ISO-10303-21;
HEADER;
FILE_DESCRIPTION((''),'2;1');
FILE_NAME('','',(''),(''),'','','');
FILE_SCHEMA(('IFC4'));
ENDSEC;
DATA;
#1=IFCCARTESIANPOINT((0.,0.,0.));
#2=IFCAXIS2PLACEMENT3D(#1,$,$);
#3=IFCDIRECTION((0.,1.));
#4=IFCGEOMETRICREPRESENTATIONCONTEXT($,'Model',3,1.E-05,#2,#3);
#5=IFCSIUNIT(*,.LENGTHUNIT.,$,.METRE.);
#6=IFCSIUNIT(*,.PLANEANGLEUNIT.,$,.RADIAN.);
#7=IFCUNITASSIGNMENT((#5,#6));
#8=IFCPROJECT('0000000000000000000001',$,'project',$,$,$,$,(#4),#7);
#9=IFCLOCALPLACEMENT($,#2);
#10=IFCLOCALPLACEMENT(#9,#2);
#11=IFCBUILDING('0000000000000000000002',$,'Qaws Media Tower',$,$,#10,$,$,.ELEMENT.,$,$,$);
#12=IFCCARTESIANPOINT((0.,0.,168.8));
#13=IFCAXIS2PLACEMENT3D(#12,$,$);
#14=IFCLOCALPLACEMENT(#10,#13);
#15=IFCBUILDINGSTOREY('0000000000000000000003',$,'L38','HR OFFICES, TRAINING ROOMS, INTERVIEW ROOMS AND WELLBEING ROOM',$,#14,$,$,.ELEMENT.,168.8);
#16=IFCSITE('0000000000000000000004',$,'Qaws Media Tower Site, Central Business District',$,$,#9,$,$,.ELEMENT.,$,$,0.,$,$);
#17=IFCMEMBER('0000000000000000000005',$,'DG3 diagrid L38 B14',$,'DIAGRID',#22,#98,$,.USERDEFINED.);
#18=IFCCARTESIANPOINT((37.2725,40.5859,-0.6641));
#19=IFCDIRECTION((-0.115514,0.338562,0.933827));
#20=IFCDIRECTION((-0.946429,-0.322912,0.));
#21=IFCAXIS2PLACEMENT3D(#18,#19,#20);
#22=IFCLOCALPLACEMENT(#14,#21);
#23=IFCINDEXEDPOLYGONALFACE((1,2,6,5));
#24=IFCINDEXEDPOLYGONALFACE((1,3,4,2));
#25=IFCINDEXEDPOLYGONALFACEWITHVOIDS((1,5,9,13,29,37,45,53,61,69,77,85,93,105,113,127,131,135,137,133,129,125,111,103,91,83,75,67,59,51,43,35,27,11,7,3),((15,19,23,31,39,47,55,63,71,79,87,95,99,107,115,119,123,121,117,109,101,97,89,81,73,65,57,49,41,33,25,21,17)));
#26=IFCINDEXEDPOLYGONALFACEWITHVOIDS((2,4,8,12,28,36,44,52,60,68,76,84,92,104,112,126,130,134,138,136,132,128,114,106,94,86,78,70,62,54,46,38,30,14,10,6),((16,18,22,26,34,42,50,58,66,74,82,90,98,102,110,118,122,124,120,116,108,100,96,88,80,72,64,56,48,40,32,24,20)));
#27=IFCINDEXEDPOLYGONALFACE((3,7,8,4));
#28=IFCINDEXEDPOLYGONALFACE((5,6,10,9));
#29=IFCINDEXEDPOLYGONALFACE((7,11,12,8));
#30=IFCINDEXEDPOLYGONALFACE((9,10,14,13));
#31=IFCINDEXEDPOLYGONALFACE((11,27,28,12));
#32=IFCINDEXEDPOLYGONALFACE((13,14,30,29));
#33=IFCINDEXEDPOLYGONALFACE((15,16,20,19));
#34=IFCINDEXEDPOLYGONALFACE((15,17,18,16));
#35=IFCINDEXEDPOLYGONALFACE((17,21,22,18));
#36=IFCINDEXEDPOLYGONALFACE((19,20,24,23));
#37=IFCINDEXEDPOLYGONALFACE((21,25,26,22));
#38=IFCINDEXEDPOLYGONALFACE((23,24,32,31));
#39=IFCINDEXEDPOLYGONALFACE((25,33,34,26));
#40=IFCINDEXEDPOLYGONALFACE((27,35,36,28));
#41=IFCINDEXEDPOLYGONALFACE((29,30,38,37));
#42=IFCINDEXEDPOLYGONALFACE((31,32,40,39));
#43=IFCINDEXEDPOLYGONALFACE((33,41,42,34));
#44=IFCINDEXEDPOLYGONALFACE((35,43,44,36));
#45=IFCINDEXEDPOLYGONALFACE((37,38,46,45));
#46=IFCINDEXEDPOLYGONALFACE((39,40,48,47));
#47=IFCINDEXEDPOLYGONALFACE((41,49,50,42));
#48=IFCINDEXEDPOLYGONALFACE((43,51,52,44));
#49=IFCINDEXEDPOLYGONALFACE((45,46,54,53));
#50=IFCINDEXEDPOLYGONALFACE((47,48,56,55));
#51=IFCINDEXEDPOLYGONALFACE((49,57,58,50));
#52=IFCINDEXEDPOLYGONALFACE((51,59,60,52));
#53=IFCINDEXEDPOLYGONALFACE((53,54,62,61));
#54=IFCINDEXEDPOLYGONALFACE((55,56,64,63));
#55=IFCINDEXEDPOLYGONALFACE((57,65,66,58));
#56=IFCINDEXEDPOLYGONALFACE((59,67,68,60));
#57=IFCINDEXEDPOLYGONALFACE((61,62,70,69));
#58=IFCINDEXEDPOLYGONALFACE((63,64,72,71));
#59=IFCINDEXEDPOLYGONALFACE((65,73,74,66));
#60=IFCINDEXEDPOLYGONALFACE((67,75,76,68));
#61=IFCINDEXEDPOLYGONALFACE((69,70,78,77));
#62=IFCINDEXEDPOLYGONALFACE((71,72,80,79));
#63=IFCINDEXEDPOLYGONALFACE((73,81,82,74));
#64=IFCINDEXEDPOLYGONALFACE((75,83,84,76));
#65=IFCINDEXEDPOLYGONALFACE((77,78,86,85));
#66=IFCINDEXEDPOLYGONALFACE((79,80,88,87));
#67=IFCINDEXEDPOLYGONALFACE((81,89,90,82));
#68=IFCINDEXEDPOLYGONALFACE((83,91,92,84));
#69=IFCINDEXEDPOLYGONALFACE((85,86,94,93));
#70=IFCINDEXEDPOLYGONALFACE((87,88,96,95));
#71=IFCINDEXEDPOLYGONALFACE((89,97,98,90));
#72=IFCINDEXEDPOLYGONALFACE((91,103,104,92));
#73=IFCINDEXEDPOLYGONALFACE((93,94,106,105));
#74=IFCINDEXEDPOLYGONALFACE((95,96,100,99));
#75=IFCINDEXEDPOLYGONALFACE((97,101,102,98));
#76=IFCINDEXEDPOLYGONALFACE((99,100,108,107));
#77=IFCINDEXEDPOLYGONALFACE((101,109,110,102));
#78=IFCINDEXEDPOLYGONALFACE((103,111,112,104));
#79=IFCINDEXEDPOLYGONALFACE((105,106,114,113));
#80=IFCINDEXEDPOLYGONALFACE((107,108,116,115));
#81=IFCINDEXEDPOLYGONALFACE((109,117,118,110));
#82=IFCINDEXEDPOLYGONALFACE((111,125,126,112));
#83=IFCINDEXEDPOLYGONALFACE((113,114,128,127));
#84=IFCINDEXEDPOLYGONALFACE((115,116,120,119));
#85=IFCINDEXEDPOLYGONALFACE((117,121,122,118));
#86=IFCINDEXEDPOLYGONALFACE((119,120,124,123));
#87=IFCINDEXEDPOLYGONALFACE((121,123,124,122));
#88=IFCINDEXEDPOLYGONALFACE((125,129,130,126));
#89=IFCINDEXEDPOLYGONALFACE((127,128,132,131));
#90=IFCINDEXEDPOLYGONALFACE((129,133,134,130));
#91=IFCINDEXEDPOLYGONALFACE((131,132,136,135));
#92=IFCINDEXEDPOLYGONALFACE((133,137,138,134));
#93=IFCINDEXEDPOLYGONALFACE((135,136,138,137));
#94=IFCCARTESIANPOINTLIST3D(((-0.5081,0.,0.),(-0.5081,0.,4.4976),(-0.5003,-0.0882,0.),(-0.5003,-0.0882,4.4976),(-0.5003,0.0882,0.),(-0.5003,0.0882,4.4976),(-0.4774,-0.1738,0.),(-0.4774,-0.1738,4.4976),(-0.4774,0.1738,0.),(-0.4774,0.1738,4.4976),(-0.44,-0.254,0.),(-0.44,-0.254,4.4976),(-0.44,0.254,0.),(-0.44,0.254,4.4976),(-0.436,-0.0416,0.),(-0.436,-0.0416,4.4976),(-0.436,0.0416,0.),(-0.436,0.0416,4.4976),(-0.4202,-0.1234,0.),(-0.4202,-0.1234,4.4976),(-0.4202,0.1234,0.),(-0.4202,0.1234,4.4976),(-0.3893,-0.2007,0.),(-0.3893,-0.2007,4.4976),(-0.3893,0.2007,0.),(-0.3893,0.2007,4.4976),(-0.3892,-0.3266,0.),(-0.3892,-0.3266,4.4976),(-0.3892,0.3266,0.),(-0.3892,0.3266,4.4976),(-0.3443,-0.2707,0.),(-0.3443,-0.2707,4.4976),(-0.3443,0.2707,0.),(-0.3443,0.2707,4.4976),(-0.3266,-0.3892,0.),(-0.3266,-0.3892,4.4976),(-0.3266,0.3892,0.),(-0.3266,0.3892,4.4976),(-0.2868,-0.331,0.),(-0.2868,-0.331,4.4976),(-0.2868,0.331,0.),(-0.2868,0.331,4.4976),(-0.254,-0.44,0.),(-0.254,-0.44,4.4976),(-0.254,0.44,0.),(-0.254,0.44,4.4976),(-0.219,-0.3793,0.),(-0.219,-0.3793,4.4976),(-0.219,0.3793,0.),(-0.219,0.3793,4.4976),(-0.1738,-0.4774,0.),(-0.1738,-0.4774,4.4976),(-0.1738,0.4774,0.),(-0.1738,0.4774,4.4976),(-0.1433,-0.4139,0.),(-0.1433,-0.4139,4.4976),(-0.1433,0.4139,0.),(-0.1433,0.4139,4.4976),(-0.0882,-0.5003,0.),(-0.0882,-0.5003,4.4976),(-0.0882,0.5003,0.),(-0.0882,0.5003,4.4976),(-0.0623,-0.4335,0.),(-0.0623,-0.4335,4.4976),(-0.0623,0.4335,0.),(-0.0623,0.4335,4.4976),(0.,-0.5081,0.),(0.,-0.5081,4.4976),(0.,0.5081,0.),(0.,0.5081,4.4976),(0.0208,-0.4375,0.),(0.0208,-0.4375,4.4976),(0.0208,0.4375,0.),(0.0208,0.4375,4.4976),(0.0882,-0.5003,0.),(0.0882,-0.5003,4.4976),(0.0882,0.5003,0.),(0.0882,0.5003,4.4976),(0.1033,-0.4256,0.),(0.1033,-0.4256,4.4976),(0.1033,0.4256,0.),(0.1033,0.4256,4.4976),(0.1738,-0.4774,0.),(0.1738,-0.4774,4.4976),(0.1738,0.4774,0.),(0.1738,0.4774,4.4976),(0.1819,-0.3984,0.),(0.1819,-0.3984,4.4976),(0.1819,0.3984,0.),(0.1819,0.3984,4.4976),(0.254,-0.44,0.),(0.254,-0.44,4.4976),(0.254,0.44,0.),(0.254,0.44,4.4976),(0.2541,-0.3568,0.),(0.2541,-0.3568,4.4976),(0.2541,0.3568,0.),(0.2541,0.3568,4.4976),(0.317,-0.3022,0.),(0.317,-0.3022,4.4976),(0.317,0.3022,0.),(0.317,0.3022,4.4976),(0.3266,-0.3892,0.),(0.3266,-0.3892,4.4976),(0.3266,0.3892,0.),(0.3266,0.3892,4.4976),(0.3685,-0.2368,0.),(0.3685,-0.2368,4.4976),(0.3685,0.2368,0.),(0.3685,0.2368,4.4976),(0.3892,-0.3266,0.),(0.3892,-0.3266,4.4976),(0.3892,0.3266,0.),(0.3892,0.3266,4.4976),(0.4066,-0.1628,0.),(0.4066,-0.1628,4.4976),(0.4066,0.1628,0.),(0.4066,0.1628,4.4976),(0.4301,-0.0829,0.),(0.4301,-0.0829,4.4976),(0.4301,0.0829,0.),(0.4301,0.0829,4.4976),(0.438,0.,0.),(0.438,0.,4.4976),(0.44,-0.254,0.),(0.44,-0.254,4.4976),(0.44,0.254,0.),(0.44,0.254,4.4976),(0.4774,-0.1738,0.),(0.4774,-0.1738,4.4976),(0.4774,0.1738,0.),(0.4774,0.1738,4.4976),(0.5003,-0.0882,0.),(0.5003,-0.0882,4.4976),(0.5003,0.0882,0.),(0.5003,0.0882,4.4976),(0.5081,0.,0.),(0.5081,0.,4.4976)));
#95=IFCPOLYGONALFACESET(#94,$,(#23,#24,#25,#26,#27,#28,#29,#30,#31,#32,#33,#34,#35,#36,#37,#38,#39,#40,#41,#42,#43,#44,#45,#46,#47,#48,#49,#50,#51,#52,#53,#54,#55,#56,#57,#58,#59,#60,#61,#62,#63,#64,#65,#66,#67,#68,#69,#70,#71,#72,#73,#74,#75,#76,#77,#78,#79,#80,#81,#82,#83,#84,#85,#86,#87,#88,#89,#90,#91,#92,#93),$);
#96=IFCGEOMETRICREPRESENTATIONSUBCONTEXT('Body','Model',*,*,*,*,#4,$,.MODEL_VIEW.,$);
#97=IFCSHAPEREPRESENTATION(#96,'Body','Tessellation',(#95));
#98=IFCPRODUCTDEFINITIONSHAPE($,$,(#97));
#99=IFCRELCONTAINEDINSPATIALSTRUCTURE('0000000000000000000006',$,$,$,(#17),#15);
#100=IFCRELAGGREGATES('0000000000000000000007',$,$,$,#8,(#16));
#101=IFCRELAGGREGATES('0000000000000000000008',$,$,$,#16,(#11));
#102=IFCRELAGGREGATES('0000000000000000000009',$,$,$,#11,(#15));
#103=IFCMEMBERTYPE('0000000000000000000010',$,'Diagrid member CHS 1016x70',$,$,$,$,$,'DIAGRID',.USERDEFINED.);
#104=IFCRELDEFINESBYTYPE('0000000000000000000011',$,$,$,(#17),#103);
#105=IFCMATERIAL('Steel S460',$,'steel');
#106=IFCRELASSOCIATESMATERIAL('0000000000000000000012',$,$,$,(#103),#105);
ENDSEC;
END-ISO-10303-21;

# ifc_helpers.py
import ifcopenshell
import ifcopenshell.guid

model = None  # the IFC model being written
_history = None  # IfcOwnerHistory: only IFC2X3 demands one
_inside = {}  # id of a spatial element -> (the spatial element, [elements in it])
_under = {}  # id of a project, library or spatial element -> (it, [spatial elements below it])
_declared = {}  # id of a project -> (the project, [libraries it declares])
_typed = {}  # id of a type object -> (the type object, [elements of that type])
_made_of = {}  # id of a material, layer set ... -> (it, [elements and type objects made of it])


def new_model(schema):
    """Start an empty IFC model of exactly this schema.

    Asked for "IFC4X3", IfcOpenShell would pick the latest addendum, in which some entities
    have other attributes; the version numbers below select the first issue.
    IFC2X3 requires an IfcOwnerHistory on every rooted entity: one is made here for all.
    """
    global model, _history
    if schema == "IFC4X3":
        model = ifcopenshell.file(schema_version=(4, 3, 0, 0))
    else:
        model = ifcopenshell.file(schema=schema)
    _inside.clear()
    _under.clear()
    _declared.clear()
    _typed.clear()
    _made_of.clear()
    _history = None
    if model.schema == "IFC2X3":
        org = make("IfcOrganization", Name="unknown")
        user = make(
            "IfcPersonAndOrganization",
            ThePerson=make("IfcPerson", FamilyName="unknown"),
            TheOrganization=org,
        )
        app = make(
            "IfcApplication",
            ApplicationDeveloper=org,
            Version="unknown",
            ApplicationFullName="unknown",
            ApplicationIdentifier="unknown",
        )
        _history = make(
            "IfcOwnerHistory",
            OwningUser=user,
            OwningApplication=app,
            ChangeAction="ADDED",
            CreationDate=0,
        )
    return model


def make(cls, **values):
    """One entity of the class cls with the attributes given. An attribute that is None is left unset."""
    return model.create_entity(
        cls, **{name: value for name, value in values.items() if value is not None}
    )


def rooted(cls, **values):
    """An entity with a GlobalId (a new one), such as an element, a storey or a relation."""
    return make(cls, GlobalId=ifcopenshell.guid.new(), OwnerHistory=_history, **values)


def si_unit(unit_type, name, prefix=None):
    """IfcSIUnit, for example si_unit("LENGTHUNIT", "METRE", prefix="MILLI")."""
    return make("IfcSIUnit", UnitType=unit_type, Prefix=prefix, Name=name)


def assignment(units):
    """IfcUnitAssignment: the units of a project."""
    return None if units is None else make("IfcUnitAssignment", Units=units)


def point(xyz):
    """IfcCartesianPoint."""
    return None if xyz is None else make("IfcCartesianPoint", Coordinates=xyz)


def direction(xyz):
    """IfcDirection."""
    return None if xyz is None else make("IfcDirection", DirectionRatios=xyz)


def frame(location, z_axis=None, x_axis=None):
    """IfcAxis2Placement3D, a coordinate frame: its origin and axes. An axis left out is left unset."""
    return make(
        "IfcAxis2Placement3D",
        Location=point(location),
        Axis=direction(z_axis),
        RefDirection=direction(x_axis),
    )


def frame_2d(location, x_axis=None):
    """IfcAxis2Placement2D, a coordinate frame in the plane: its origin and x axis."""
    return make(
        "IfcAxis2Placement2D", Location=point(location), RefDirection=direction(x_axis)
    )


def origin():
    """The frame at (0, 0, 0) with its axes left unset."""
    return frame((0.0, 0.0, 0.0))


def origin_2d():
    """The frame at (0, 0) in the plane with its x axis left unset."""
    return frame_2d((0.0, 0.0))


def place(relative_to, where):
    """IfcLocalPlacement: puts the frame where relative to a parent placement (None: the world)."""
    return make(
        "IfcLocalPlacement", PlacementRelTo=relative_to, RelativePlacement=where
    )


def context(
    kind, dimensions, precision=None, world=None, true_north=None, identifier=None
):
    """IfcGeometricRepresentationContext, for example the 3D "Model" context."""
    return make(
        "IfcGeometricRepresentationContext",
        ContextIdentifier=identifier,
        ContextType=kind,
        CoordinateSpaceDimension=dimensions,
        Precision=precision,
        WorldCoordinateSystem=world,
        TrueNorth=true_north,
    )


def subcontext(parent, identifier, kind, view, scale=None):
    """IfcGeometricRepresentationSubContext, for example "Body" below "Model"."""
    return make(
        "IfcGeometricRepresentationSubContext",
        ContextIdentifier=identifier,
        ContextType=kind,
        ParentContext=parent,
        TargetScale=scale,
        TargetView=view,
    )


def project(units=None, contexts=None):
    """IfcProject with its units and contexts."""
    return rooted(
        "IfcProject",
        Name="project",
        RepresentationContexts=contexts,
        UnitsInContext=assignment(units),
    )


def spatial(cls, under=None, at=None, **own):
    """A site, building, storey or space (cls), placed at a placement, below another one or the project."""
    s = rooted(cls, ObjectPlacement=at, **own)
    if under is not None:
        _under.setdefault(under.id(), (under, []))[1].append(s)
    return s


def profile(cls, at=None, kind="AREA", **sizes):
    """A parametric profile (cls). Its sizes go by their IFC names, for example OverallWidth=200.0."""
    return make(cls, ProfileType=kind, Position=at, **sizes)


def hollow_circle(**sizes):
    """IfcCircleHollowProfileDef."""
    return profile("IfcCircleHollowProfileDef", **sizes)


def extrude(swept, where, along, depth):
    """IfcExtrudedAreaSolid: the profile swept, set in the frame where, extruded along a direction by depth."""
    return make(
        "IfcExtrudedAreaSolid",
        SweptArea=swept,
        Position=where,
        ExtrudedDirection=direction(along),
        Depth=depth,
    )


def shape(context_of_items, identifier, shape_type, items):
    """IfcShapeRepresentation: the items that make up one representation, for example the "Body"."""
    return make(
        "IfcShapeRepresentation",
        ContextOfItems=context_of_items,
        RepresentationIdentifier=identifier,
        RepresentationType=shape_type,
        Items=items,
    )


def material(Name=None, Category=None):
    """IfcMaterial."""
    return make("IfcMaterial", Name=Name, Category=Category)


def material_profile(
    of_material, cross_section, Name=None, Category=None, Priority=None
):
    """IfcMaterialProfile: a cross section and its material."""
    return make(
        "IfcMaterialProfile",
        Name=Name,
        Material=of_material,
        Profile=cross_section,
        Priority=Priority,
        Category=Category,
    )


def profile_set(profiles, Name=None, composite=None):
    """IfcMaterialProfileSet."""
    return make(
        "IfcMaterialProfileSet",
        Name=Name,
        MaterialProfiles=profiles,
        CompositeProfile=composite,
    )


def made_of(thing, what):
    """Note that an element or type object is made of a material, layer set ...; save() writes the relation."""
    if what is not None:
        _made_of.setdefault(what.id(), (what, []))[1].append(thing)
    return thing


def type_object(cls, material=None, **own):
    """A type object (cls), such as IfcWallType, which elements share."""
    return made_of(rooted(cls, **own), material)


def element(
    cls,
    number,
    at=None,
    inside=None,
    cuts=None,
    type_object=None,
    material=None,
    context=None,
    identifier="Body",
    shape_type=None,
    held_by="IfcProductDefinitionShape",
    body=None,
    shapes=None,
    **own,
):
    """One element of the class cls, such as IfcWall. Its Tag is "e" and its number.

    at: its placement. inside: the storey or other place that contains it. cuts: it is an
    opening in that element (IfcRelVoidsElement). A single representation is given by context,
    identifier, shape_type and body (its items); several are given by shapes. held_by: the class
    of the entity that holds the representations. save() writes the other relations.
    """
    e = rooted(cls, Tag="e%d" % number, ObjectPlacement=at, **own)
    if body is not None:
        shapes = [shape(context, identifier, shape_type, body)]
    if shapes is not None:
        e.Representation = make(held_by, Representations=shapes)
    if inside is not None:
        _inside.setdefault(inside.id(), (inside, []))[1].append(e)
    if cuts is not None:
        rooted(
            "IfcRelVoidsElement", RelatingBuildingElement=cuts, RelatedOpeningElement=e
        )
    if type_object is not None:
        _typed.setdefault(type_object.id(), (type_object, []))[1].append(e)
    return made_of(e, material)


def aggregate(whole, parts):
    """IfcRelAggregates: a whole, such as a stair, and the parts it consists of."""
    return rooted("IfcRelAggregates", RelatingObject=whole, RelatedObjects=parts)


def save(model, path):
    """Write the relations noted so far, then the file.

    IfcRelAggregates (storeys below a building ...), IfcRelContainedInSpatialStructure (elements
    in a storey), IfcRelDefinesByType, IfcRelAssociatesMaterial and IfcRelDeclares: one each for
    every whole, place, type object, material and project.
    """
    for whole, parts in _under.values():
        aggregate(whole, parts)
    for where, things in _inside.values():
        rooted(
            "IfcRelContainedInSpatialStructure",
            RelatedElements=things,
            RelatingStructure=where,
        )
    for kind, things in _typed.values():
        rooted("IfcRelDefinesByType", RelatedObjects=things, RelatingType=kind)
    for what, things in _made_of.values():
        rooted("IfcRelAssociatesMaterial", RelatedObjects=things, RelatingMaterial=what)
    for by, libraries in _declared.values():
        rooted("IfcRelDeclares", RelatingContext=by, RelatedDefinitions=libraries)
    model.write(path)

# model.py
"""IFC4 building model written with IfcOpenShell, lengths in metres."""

from ifc_helpers import new_model, si_unit, direction, frame, origin, origin_2d, place, context, subcontext, project, spatial, hollow_circle, extrude, material, material_profile, profile_set, type_object, element, save


model = new_model("IFC4")

# Units and contexts
model_context = context("Model", 3, precision=1e-05, world=origin(), true_north=direction((0.0, 1.0)))
body_context = subcontext(model_context, "Body", "Model", "MODEL_VIEW")
ifc_project = project(units=[si_unit("LENGTHUNIT", "METRE"), si_unit("PLANEANGLEUNIT", "RADIAN")], contexts=[model_context])

# Site, building, storey
site_placement = place(None, origin())
site = spatial("IfcSite", under=ifc_project, at=site_placement, Name="Qaws Media Tower Site, Central Business District", CompositionType="ELEMENT", RefElevation=0.0)
building_placement = place(site_placement, origin())
building = spatial("IfcBuilding", under=site, at=building_placement, Name="Qaws Media Tower", CompositionType="ELEMENT")
storey_placement = place(building_placement, frame((0.0, 0.0, 168.8)))
storey = spatial("IfcBuildingStorey", under=building, at=storey_placement, Name="L38", Description="HR OFFICES, TRAINING ROOMS, INTERVIEW ROOMS AND WELLBEING ROOM", CompositionType="ELEMENT", Elevation=168.8)

# Member
ifc_material_1 = material(Name="Steel S460", Category="steel")
ifc_material_profile_1 = material_profile(ifc_material_1, hollow_circle(Radius=0.5081, WallThickness=0.0701, at=origin_2d()), Name="CHS 1016x70")
ifc_profile_set_1 = profile_set([ifc_material_profile_1], Name="Steel S460")
member_type_1 = type_object("IfcMemberType", Name="Diagrid member CHS 1016x70", ElementType="DIAGRID", PredefinedType="USERDEFINED", material=ifc_profile_set_1)
for number, where, z_axis, x_axis, name in (
    (1, (37.2725, 40.5859, -0.6641), (-0.115514, 0.338562, 0.933827), (-0.946429, -0.322912, 0.0), "DG3 diagrid L38 B14"),
):
    element("IfcMember", number, at=place(storey_placement, frame(where, z_axis=z_axis, x_axis=x_axis)), inside=storey, type_object=member_type_1, Name=name, ObjectType="DIAGRID", PredefinedType="USERDEFINED", context=body_context, shape_type="SweptSolid", body=[
        extrude(hollow_circle(Radius=0.5081, WallThickness=0.0701, at=origin_2d()), origin(), (0.0, 0.0, 1.0), 4.4976),
    ])

save(model, "model.ifc")
